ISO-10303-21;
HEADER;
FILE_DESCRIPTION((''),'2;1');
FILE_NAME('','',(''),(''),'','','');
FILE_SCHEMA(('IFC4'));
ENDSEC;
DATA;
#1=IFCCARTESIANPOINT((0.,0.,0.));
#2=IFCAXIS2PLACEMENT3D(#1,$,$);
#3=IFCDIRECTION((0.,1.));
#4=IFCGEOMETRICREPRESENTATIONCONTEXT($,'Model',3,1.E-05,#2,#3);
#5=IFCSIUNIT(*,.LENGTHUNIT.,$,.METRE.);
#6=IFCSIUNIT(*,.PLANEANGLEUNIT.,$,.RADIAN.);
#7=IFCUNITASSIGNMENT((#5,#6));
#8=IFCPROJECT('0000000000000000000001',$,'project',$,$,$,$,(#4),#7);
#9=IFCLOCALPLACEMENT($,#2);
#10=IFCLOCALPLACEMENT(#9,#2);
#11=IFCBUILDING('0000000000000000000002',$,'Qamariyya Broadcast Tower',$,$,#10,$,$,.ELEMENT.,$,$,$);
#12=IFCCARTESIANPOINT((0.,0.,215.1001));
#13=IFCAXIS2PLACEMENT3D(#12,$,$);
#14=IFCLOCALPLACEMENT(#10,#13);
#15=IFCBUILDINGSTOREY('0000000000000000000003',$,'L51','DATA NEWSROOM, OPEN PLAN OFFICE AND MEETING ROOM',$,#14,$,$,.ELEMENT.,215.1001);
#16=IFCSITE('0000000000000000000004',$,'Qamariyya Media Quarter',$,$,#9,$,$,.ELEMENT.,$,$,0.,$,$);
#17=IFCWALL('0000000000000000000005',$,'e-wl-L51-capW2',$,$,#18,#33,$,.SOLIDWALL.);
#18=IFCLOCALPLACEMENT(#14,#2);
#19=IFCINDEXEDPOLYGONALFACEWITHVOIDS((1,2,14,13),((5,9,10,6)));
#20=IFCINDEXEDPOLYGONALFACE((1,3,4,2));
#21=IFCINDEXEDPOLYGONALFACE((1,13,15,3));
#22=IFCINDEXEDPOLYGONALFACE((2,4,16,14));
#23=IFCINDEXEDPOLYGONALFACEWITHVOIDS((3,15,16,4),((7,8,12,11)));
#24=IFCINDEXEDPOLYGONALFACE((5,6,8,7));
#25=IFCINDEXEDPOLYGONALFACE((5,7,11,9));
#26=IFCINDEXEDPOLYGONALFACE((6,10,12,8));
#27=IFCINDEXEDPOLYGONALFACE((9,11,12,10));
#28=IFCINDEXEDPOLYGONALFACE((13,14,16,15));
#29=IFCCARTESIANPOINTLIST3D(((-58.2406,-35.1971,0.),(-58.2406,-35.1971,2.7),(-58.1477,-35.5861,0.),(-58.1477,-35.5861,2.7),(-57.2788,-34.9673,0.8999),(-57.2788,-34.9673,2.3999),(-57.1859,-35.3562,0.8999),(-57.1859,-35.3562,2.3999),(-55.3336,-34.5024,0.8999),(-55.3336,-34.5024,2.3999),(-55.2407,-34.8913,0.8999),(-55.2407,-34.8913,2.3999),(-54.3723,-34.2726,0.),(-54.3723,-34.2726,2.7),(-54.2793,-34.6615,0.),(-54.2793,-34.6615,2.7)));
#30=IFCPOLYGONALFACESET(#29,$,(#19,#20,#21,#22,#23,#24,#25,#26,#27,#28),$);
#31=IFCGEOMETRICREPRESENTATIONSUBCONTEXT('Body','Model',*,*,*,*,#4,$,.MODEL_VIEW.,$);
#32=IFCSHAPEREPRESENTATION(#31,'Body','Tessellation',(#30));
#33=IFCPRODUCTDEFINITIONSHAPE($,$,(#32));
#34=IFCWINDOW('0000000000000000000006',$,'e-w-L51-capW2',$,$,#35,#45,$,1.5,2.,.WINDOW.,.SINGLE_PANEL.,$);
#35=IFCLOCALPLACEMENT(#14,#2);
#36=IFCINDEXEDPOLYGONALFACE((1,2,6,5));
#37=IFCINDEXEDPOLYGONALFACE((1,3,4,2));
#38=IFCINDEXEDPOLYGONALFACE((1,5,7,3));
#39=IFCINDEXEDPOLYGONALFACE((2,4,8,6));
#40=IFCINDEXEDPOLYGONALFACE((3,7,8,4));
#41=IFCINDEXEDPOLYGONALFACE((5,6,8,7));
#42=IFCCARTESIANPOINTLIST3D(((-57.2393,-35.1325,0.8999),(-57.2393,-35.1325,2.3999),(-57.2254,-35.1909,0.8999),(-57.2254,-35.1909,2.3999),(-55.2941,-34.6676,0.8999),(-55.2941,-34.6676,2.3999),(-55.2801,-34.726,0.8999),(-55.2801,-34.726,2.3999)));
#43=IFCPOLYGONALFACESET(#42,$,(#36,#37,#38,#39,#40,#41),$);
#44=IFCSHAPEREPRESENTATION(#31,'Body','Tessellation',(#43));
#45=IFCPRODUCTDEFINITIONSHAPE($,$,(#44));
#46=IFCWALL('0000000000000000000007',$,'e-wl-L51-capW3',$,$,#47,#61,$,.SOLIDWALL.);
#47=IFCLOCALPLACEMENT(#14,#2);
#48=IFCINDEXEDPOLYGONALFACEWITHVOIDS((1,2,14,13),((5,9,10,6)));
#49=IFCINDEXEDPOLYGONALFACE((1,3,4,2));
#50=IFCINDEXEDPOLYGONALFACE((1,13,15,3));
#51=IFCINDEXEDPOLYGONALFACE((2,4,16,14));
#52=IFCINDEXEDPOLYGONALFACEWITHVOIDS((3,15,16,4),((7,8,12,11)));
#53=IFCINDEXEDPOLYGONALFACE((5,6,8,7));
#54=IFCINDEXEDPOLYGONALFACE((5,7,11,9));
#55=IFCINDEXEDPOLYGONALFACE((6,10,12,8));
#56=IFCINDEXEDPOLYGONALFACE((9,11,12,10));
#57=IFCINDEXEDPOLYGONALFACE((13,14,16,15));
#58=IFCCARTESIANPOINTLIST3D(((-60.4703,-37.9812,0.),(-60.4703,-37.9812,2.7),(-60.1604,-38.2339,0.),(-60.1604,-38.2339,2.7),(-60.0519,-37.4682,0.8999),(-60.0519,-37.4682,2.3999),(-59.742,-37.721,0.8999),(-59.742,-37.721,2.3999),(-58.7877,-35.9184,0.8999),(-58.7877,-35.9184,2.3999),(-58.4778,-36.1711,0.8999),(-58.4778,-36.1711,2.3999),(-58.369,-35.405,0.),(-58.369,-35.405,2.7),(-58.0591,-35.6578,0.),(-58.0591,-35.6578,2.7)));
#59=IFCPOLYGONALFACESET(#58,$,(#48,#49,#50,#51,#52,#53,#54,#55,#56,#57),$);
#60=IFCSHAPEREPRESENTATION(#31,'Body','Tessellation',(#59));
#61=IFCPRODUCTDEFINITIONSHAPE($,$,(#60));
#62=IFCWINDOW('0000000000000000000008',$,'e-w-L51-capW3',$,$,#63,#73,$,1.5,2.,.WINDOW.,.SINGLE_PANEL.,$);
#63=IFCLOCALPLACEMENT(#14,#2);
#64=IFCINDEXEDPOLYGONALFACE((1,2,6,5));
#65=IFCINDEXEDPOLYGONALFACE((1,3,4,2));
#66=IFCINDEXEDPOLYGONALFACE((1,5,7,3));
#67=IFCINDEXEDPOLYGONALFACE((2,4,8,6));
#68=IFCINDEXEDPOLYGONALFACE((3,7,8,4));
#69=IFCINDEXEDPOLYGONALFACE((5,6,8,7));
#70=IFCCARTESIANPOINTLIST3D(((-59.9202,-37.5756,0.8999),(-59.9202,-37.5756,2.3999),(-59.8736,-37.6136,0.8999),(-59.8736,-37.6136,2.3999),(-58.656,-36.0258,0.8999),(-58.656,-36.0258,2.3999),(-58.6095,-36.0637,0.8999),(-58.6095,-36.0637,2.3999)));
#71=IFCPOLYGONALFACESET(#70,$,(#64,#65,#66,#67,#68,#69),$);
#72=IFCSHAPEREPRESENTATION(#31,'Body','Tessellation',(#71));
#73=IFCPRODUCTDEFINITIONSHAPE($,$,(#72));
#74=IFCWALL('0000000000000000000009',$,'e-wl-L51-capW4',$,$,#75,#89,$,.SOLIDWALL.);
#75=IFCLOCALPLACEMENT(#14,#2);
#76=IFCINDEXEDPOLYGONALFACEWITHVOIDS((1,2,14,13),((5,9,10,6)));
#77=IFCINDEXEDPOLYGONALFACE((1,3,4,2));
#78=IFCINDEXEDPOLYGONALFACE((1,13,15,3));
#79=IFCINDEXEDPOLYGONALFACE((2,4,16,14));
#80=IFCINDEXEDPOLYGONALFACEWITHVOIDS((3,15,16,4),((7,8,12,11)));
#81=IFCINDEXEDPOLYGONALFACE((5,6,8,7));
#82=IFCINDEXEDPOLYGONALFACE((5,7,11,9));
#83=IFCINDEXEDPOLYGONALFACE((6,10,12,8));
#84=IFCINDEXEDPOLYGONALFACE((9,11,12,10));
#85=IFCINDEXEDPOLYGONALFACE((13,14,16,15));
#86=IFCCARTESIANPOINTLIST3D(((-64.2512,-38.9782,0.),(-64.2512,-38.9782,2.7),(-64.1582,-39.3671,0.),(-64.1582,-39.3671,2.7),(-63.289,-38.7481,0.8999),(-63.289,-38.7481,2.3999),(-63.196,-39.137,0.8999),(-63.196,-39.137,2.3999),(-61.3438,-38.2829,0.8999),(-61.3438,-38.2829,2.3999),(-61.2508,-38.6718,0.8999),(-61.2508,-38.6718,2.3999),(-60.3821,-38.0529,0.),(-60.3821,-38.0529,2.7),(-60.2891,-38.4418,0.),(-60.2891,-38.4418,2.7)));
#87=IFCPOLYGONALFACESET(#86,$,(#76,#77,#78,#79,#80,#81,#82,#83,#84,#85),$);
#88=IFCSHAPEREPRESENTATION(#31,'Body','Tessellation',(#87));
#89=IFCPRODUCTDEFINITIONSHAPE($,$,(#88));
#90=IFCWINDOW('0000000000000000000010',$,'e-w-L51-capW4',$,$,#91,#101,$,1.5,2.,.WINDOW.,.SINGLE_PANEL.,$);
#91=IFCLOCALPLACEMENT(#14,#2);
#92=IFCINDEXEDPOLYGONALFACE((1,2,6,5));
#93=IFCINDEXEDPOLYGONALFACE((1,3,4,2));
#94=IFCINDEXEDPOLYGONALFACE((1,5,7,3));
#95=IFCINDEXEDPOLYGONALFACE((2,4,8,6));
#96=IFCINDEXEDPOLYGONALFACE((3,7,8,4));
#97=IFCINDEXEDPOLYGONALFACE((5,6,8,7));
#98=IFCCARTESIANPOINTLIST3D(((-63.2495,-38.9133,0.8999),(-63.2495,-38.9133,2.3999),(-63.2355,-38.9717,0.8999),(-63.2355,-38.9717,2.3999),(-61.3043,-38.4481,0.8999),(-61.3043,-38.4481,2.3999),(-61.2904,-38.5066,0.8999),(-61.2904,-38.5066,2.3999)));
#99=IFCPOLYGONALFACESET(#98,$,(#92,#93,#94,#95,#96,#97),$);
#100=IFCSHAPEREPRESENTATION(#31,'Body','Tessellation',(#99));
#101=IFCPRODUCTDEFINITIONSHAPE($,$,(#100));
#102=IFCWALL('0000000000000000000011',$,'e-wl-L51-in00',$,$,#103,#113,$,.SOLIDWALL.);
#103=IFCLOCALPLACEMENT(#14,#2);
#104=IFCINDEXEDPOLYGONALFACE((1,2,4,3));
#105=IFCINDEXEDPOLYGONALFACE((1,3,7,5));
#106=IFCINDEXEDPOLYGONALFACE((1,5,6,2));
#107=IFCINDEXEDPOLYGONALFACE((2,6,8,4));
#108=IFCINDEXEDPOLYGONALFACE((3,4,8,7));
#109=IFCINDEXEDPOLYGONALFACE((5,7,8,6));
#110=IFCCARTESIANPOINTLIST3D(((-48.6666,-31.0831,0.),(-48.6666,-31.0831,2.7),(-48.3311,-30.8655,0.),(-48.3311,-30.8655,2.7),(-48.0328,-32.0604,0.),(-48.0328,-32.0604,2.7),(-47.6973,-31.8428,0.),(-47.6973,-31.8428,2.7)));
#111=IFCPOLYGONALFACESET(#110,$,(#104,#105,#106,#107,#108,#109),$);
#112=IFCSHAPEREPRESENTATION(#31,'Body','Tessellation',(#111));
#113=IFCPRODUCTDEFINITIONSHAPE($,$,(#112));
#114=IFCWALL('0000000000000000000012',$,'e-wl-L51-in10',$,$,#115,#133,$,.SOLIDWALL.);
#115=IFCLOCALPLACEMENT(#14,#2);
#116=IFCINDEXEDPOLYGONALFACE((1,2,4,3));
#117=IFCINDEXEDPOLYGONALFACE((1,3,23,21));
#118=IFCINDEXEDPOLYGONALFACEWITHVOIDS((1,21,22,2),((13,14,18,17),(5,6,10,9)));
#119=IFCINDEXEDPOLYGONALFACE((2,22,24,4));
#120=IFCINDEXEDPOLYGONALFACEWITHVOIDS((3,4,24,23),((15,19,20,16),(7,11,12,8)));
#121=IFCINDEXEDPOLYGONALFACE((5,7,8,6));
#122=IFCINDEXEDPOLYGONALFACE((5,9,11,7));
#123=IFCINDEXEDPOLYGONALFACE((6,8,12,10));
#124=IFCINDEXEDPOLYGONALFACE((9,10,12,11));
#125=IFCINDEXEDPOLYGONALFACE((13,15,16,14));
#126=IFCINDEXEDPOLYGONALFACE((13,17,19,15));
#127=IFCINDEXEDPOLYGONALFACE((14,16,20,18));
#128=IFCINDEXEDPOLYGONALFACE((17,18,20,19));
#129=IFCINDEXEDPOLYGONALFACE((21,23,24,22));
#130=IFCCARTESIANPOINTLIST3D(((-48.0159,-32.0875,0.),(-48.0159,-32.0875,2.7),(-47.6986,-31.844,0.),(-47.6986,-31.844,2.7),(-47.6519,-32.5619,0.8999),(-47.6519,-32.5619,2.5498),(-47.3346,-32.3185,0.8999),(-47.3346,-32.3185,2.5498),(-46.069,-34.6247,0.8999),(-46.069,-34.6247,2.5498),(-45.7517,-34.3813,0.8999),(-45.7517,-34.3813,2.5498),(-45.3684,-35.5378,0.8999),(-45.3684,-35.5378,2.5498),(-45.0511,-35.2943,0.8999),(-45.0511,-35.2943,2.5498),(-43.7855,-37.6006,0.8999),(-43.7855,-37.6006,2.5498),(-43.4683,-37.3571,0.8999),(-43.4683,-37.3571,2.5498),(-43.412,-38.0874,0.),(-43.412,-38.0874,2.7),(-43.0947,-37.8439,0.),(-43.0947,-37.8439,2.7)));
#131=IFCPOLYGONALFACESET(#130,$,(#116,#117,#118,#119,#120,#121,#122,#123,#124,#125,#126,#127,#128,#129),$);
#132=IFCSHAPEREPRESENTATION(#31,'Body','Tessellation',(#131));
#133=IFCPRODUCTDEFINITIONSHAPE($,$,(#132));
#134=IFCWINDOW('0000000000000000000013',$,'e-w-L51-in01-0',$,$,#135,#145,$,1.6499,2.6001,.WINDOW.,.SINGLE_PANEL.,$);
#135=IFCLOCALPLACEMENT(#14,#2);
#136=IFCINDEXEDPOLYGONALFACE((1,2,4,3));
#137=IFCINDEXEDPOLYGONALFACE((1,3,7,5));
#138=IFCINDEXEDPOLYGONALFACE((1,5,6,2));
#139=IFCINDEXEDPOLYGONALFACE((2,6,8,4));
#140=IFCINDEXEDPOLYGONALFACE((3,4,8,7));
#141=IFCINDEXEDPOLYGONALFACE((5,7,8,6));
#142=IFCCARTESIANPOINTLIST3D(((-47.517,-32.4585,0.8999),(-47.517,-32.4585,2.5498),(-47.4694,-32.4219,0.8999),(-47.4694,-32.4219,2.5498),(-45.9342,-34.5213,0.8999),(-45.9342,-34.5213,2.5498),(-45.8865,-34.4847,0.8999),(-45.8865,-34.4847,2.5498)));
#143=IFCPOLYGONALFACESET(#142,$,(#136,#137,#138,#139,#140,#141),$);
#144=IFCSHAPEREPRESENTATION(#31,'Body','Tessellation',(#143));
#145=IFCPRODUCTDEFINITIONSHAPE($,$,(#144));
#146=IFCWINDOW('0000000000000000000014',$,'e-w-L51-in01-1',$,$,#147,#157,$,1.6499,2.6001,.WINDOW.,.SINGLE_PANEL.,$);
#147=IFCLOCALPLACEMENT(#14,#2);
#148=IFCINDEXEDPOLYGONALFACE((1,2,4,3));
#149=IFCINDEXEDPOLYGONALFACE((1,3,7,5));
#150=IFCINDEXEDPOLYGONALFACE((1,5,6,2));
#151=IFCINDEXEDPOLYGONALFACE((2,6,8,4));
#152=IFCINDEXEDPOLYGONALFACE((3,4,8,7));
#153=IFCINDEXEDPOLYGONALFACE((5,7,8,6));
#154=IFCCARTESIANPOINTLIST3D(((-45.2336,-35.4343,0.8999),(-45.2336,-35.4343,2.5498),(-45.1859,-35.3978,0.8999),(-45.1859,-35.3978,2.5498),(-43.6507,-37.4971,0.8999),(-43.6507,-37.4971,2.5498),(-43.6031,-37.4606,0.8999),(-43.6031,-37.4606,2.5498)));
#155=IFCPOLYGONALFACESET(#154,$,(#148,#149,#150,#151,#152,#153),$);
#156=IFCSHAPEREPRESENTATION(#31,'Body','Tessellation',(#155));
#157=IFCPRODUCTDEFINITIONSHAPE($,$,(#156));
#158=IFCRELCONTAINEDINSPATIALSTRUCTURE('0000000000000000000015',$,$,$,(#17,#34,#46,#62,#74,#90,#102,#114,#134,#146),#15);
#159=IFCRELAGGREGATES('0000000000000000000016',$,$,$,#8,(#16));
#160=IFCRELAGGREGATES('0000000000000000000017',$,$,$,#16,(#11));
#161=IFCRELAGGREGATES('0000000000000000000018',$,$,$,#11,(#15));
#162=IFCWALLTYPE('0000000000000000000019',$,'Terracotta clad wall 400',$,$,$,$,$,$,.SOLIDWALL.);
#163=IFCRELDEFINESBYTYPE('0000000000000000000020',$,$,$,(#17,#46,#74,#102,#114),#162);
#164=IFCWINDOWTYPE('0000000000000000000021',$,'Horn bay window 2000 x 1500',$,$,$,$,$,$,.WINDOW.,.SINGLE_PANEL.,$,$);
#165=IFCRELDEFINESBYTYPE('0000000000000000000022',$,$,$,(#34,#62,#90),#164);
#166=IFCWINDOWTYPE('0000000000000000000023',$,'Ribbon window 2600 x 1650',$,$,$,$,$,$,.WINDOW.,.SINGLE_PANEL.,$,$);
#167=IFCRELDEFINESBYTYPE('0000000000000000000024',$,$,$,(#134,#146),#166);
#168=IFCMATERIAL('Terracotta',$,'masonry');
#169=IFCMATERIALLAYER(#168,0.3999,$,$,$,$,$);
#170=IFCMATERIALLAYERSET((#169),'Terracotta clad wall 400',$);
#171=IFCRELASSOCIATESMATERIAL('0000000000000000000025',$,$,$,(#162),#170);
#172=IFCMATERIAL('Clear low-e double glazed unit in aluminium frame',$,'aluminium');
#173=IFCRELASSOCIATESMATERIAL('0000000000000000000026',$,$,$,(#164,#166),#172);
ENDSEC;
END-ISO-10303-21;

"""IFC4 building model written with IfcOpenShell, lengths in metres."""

from ifc_helpers import new_model, si_unit, direction, frame, frame_2d, origin, place, context, subcontext, project, spatial, rectangle, extrude, material, layer, layer_set, type_object, element, fill, save


model = new_model("IFC4")

# Units and contexts
model_context = context("Model", 3, precision=1e-05, world=origin(), true_north=direction((0.0, 1.0)))
body_context = subcontext(model_context, "Body", "Model", "MODEL_VIEW")
ifc_project = project(units=[si_unit("LENGTHUNIT", "METRE"), si_unit("PLANEANGLEUNIT", "RADIAN")], contexts=[model_context])

# Site, building, storey
site_placement = place(None, origin())
site = spatial("IfcSite", under=ifc_project, at=site_placement, Name="Qamariyya Media Quarter", CompositionType="ELEMENT", RefElevation=0.0)
building_placement = place(site_placement, origin())
building = spatial("IfcBuilding", under=site, at=building_placement, Name="Qamariyya Broadcast Tower", CompositionType="ELEMENT")
storey_placement = place(building_placement, frame((0.0, 0.0, 215.1001)))
storey = spatial("IfcBuildingStorey", under=building, at=storey_placement, Name="L51", Description="DATA NEWSROOM, OPEN PLAN OFFICE AND MEETING ROOM", CompositionType="ELEMENT", Elevation=215.1001)

# Walls, openings, windows
ifc_material_1 = material(Name="Terracotta", Category="masonry")
ifc_layer = layer(ifc_material_1, 0.3999)
ifc_layer_set = layer_set([ifc_layer], Name="Terracotta clad wall 400")
wall_type = type_object("IfcWallType", Name="Terracotta clad wall 400", PredefinedType="SOLIDWALL", material=ifc_layer_set)
ifc_material_2 = material(Name="Clear low-e double glazed unit in aluminium frame", Category="aluminium")
window_type_1 = type_object("IfcWindowType", Name="Horn bay window 2000 x 1500", PartitioningType="SINGLE_PANEL", PredefinedType="WINDOW", material=ifc_material_2)
wall_1_placement = place(storey_placement, frame((-54.3257, -34.467, 0.0), z_axis=(0.0, 0.0, 1.0), x_axis=(-0.972607, -0.232456, 0.0)))
wall_1 = element("IfcWall", 1, at=wall_1_placement, inside=storey, type_object=wall_type, Name="e-wl-L51-capW2", PredefinedType="SOLIDWALL", context=body_context, shape_type="SweptSolid", body=[
    extrude(rectangle(XDim=3.9773, YDim=0.3999, at=frame_2d((1.9888, 0.0))), origin(), (0.0, 0.0, 1.0), 2.7),
])
opening_1_placement = place(wall_1_placement, frame((0.9885, 0.0, 0.8999)))
opening_1 = element("IfcOpeningElement", 2, at=opening_1_placement, cuts=wall_1, PredefinedType="OPENING", context=body_context, shape_type="SweptSolid", body=[
    extrude(rectangle(XDim=2.0, YDim=1.5, at=frame_2d((1.0, 0.75))), frame((0.0, 0.21, 0.0), z_axis=(0.0, -1.0, 0.0), x_axis=(1.0, 0.0, 0.0)), (0.0, 0.0, 1.0), 0.4199),
])
window_1_placement = place(opening_1_placement, origin())
window_1 = element("IfcWindow", 3, at=window_1_placement, inside=storey, type_object=window_type_1, Name="e-w-L51-capW2", OverallHeight=1.5, OverallWidth=2.0, PartitioningType="SINGLE_PANEL", PredefinedType="WINDOW", context=body_context, shape_type="SweptSolid", body=[
    extrude(rectangle(XDim=2.0, YDim=1.5, at=frame_2d((1.0, 0.75))), frame((0.0, 0.03, 0.0), z_axis=(0.0, -1.0, 0.0), x_axis=(1.0, 0.0, 0.0)), (0.0, 0.0, 1.0), 0.0601),
])
fill(opening_1, window_1)
wall_2_placement = place(storey_placement, frame((-58.2141, -35.5315, 0.0), z_axis=(0.0, 0.0, 1.0), x_axis=(-0.632073, -0.774909, 0.0)))
wall_2 = element("IfcWall", 4, at=wall_2_placement, inside=storey, type_object=wall_type, Name="e-wl-L51-capW3", PredefinedType="SOLIDWALL", context=body_context, shape_type="SweptSolid", body=[
    extrude(rectangle(XDim=3.3245, YDim=0.3999, at=frame_2d((1.6621, 0.0))), origin(), (0.0, 0.0, 1.0), 2.7),
])
opening_2_placement = place(wall_2_placement, frame((0.6624, 0.0, 0.8999)))
opening_2 = element("IfcOpeningElement", 5, at=opening_2_placement, cuts=wall_2, PredefinedType="OPENING", context=body_context, shape_type="SweptSolid", body=[
    extrude(rectangle(XDim=2.0, YDim=1.5, at=frame_2d((1.0, 0.75))), frame((0.0, 0.21, 0.0), z_axis=(0.0, -1.0, 0.0), x_axis=(1.0, 0.0, 0.0)), (0.0, 0.0, 1.0), 0.4199),
])
window_2_placement = place(opening_2_placement, origin())
window_2 = element("IfcWindow", 6, at=window_2_placement, inside=storey, type_object=window_type_1, Name="e-w-L51-capW3", OverallHeight=1.5, OverallWidth=2.0, PartitioningType="SINGLE_PANEL", PredefinedType="WINDOW", context=body_context, shape_type="SweptSolid", body=[
    extrude(rectangle(XDim=2.0, YDim=1.5, at=frame_2d((1.0, 0.75))), frame((0.0, 0.03, 0.0), z_axis=(0.0, -1.0, 0.0), x_axis=(1.0, 0.0, 0.0)), (0.0, 0.0, 1.0), 0.0601),
])
fill(opening_2, window_2)
wall_3_placement = place(storey_placement, frame((-60.3354, -38.2473, 0.0), z_axis=(0.0, 0.0, 1.0), x_axis=(-0.972575, -0.232588, 0.0)))
wall_3 = element("IfcWall", 7, at=wall_3_placement, inside=storey, type_object=wall_type, Name="e-wl-L51-capW4", PredefinedType="SOLIDWALL", context=body_context, shape_type="SweptSolid", body=[
    extrude(rectangle(XDim=3.9783, YDim=0.3999, at=frame_2d((1.9893, 0.0))), origin(), (0.0, 0.0, 1.0), 2.7),
])
opening_3_placement = place(wall_3_placement, frame((0.989, 0.0, 0.8999)))
opening_3 = element("IfcOpeningElement", 8, at=opening_3_placement, cuts=wall_3, PredefinedType="OPENING", context=body_context, shape_type="SweptSolid", body=[
    extrude(rectangle(XDim=2.0, YDim=1.5, at=frame_2d((1.0, 0.75))), frame((0.0, 0.21, 0.0), z_axis=(0.0, -1.0, 0.0), x_axis=(1.0, 0.0, 0.0)), (0.0, 0.0, 1.0), 0.4199),
])
window_3_placement = place(opening_3_placement, origin())
window_3 = element("IfcWindow", 9, at=window_3_placement, inside=storey, type_object=window_type_1, Name="e-w-L51-capW4", OverallHeight=1.5, OverallWidth=2.0, PartitioningType="SINGLE_PANEL", PredefinedType="WINDOW", context=body_context, shape_type="SweptSolid", body=[
    extrude(rectangle(XDim=2.0, YDim=1.5, at=frame_2d((1.0, 0.75))), frame((0.0, 0.03, 0.0), z_axis=(0.0, -1.0, 0.0), x_axis=(1.0, 0.0, 0.0)), (0.0, 0.0, 1.0), 0.0601),
])
fill(opening_3, window_3)

# Wall
wall_4_placement = place(storey_placement, frame((-47.865, -31.9517, 0.0), z_axis=(0.0, 0.0, 1.0), x_axis=(-0.544111, 0.839013, 0.0)))
element("IfcWall", 10, at=wall_4_placement, inside=storey, type_object=wall_type, Name="e-wl-L51-in00", PredefinedType="SOLIDWALL", context=body_context, shape_type="SweptSolid", body=[
    extrude(rectangle(XDim=1.1648, YDim=0.3999, at=frame_2d((0.5825, 0.0))), origin(), (0.0, 0.0, 1.0), 2.7),
])

# Wall, openings, windows
wall_5_placement = place(storey_placement, frame((-43.2534, -37.9656, 0.0), z_axis=(0.0, 0.0, 1.0), x_axis=(-0.608765, 0.793351, 0.0)))
wall_5 = element("IfcWall", 11, at=wall_5_placement, inside=storey, type_object=wall_type, Name="e-wl-L51-in10", PredefinedType="SOLIDWALL", context=body_context, shape_type="SweptSolid", body=[
    extrude(rectangle(XDim=7.5627, YDim=0.3999, at=frame_2d((3.7812, 0.0))), origin(), (0.0, 0.0, 1.0), 2.7),
])
opening_4_placement = place(wall_5_placement, frame((4.3645, 0.0, 0.8999)))
opening_4 = element("IfcOpeningElement", 12, at=opening_4_placement, cuts=wall_5, PredefinedType="OPENING", context=body_context, shape_type="SweptSolid", body=[
    extrude(rectangle(XDim=2.6001, YDim=1.6499, at=frame_2d((1.3, 0.825))), frame((0.0, 0.21, 0.0), z_axis=(0.0, -1.0, 0.0), x_axis=(1.0, 0.0, 0.0)), (0.0, 0.0, 1.0), 0.4199),
])
opening_5_placement = place(wall_5_placement, frame((0.6135, 0.0, 0.8999)))
opening_5 = element("IfcOpeningElement", 13, at=opening_5_placement, cuts=wall_5, PredefinedType="OPENING", context=body_context, shape_type="SweptSolid", body=[
    extrude(rectangle(XDim=2.6001, YDim=1.6499, at=frame_2d((1.3, 0.825))), frame((0.0, 0.21, 0.0), z_axis=(0.0, -1.0, 0.0), x_axis=(1.0, 0.0, 0.0)), (0.0, 0.0, 1.0), 0.4199),
])
window_type_2 = type_object("IfcWindowType", Name="Ribbon window 2600 x 1650", PartitioningType="SINGLE_PANEL", PredefinedType="WINDOW", material=ifc_material_2)
window_4_placement = place(opening_4_placement, origin())
window_4 = element("IfcWindow", 14, at=window_4_placement, inside=storey, type_object=window_type_2, Name="e-w-L51-in01-0", OverallHeight=1.6499, OverallWidth=2.6001, PartitioningType="SINGLE_PANEL", PredefinedType="WINDOW", context=body_context, shape_type="SweptSolid", body=[
    extrude(rectangle(XDim=2.6001, YDim=1.6499, at=frame_2d((1.3, 0.825))), frame((0.0, 0.03, 0.0), z_axis=(0.0, -1.0, 0.0), x_axis=(1.0, 0.0, 0.0)), (0.0, 0.0, 1.0), 0.0601),
])
fill(opening_4, window_4)
window_5_placement = place(opening_5_placement, origin())
window_5 = element("IfcWindow", 15, at=window_5_placement, inside=storey, type_object=window_type_2, Name="e-w-L51-in01-1", OverallHeight=1.6499, OverallWidth=2.6001, PartitioningType="SINGLE_PANEL", PredefinedType="WINDOW", context=body_context, shape_type="SweptSolid", body=[
    extrude(rectangle(XDim=2.6001, YDim=1.6499, at=frame_2d((1.3, 0.825))), frame((0.0, 0.03, 0.0), z_axis=(0.0, -1.0, 0.0), x_axis=(1.0, 0.0, 0.0)), (0.0, 0.0, 1.0), 0.0601),
])
fill(opening_5, window_5)

save(model, "model.ifc")
